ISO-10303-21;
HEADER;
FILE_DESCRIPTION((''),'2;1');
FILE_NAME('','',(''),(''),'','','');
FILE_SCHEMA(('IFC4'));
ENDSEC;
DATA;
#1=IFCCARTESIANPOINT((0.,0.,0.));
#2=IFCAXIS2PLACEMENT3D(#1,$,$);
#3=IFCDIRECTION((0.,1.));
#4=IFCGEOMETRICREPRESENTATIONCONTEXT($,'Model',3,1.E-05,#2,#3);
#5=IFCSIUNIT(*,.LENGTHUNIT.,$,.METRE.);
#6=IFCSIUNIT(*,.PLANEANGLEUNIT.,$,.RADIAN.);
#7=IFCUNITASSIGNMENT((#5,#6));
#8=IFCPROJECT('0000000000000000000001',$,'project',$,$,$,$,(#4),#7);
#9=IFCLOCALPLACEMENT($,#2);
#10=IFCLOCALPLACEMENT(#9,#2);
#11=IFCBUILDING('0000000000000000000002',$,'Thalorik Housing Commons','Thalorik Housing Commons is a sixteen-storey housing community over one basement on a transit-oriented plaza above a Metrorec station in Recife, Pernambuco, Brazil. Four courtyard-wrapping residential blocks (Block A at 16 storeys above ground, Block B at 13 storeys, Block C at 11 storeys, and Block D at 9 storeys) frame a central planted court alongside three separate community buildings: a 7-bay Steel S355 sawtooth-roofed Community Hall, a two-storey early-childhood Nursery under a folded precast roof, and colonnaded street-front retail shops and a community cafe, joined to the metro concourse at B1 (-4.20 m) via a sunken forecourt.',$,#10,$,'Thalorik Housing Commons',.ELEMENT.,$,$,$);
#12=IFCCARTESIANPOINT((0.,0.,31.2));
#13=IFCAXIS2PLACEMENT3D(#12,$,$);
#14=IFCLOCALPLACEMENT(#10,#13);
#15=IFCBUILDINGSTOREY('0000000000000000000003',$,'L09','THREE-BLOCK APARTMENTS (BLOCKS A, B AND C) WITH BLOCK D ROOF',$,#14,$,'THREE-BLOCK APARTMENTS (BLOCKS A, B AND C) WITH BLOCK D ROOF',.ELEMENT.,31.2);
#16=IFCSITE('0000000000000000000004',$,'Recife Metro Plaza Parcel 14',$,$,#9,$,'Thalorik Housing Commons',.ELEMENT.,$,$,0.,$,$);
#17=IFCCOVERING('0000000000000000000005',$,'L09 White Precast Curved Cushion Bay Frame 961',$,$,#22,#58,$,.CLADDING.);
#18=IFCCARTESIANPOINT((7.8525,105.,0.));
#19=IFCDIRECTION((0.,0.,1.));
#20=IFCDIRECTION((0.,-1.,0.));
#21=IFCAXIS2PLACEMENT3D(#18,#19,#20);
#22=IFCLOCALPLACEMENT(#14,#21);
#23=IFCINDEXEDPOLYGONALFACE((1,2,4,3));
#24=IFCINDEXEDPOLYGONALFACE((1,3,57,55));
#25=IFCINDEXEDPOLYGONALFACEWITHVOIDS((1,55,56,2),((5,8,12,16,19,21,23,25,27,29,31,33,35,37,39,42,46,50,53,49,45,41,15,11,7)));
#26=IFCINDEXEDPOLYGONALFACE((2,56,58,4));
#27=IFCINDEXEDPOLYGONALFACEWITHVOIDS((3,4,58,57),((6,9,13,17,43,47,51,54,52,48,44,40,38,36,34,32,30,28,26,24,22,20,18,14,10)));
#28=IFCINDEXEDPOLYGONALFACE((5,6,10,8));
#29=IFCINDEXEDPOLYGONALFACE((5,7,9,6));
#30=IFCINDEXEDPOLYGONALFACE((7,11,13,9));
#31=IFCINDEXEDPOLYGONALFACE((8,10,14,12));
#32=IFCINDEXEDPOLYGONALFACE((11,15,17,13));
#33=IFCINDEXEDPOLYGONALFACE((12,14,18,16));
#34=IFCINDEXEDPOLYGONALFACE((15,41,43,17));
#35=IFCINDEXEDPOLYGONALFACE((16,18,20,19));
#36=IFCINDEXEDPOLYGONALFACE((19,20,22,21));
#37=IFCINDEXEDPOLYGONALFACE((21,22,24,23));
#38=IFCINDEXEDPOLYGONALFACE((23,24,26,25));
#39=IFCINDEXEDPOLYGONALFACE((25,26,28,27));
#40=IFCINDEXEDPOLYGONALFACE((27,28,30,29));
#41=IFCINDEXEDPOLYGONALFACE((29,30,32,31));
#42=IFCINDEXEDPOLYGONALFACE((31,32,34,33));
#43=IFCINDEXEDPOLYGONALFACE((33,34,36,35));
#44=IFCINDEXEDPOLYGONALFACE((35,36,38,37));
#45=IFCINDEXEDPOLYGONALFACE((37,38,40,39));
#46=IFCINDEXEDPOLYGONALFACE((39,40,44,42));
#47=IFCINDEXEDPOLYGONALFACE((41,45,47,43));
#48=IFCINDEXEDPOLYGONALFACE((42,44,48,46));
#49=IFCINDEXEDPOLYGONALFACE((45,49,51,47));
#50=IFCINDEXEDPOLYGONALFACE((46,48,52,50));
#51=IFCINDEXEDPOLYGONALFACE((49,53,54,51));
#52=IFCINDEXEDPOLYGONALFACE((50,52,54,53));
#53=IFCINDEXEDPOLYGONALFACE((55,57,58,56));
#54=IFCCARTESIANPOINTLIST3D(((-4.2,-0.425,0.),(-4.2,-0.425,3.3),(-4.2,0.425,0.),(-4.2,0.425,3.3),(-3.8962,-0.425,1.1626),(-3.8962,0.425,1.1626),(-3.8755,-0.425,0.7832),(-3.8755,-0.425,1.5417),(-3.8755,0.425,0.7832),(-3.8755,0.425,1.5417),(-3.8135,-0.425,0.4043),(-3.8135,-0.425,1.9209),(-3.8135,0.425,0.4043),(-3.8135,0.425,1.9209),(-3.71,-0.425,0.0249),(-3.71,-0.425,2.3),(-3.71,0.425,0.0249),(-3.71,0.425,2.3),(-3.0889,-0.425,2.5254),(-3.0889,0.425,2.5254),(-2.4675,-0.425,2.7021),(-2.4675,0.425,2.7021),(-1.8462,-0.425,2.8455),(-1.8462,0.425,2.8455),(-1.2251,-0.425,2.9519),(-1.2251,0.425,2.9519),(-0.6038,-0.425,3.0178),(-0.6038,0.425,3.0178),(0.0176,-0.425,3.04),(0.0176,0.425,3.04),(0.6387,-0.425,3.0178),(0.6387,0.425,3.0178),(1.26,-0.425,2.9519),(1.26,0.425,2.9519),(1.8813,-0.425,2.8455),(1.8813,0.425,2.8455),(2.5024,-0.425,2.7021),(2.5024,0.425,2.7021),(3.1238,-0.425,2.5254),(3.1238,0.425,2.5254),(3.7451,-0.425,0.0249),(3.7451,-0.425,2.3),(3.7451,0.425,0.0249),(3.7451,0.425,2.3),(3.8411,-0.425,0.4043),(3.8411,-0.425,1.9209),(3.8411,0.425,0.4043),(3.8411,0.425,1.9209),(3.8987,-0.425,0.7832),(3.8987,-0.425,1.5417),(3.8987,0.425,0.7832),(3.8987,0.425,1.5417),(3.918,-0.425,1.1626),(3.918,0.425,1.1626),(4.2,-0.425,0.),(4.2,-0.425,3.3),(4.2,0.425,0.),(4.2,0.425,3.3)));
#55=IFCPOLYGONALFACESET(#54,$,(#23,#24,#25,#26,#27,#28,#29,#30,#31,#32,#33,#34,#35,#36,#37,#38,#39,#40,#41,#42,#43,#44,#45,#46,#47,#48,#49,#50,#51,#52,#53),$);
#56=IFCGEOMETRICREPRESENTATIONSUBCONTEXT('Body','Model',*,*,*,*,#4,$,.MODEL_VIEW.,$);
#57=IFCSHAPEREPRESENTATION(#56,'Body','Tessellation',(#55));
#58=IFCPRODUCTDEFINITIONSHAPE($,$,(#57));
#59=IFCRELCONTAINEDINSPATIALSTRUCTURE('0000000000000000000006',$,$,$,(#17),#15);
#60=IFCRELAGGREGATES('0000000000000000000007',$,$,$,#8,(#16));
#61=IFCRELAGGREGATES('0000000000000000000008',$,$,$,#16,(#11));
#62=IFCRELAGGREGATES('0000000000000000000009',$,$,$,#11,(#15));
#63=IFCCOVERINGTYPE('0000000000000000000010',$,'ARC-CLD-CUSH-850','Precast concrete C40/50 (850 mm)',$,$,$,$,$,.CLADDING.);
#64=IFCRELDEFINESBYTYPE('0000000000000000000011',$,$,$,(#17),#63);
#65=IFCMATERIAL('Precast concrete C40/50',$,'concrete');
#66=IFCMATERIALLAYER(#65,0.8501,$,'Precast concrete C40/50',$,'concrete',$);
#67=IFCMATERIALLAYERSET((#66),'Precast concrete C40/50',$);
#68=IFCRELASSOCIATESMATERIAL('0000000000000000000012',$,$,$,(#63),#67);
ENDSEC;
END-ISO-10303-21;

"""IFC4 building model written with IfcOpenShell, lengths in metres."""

from ifc_helpers import new_model, si_unit, direction, frame, origin, place, context, subcontext, project, spatial, polyline, outline, extrude, material, layer, layer_set, type_object, element, save


model = new_model("IFC4")

# Units and contexts
model_context = context("Model", 3, precision=1e-05, world=origin(), true_north=direction((0.0, 1.0)))
body_context = subcontext(model_context, "Body", "Model", "MODEL_VIEW")
ifc_project = project(units=[si_unit("LENGTHUNIT", "METRE"), si_unit("PLANEANGLEUNIT", "RADIAN")], contexts=[model_context])

# Site, building, storey
site_placement = place(None, origin())
site = spatial("IfcSite", under=ifc_project, at=site_placement, Name="Recife Metro Plaza Parcel 14", LongName="Thalorik Housing Commons", CompositionType="ELEMENT", RefElevation=0.0)
building_placement = place(site_placement, origin())
building = spatial("IfcBuilding", under=site, at=building_placement, Name="Thalorik Housing Commons", Description="Thalorik Housing Commons is a sixteen-storey housing community over one basement on a transit-oriented plaza above a Metrorec station in Recife, Pernambuco, Brazil. Four courtyard-wrapping residential blocks (Block A at 16 storeys above ground, Block B at 13 storeys, Block C at 11 storeys, and Block D at 9 storeys) frame a central planted court alongside three separate community buildings: a 7-bay Steel S355 sawtooth-roofed Community Hall, a two-storey early-childhood Nursery under a folded precast roof, and colonnaded street-front retail shops and a community cafe, joined to the metro concourse at B1 (-4.20 m) via a sunken forecourt.", LongName="Thalorik Housing Commons", CompositionType="ELEMENT")
storey_placement = place(building_placement, frame((0.0, 0.0, 31.2)))
storey = spatial("IfcBuildingStorey", under=building, at=storey_placement, Name="L09", Description="THREE-BLOCK APARTMENTS (BLOCKS A, B AND C) WITH BLOCK D ROOF", LongName="THREE-BLOCK APARTMENTS (BLOCKS A, B AND C) WITH BLOCK D ROOF", CompositionType="ELEMENT", Elevation=31.2)

# Shared definitions
ifc_material_1 = material(Name="Precast concrete C40/50", Category="concrete")

# Covering
ifc_layer_1 = layer(ifc_material_1, 0.8501, Name="Precast concrete C40/50", Category="concrete")
ifc_layer_set_1 = layer_set([ifc_layer_1], Name="Precast concrete C40/50")
covering_type_1 = type_object("IfcCoveringType", Name="ARC-CLD-CUSH-850", Description="Precast concrete C40/50 (850 mm)", PredefinedType="CLADDING", material=ifc_layer_set_1)
covering_1_placement = place(storey_placement, frame((7.8525, 105.0, 0.0), z_axis=(0.0, 0.0, 1.0), x_axis=(0.0, -1.0, 0.0)))
element("IfcCovering", 1, at=covering_1_placement, inside=storey, type_object=covering_type_1, Name="L09 White Precast Curved Cushion Bay Frame 961", PredefinedType="CLADDING", context=body_context, shape_type="SweptSolid", body=[
    extrude(outline(polyline([(-4.2, 0.0), (4.2, 0.0), (4.2, 3.3), (-4.2, 3.3), (-4.2, 0.0)]), holes=[polyline([(3.7451, 0.0249), (3.8411, 0.4043), (3.8987, 0.7832), (3.918, 1.1626), (3.8987, 1.5417), (3.8411, 1.9209), (3.7451, 2.3), (3.1238, 2.5254), (2.5024, 2.7021), (1.8813, 2.8455), (1.26, 2.9519), (0.6387, 3.0178), (0.0176, 3.04), (-0.6038, 3.0178), (-1.2251, 2.9519), (-1.8462, 2.8455), (-2.4675, 2.7021), (-3.0889, 2.5254), (-3.71, 2.3), (-3.8135, 1.9209), (-3.8755, 1.5417), (-3.8962, 1.1626), (-3.8755, 0.7832), (-3.8135, 0.4043), (-3.71, 0.0249), (3.7451, 0.0249)])]), frame((0.0, 0.425, 0.0), z_axis=(0.0, -1.0, 0.0), x_axis=(1.0, 0.0, 0.0)), (0.0, 0.0, 1.0), 0.8501),
])

save(model, "model.ifc")
